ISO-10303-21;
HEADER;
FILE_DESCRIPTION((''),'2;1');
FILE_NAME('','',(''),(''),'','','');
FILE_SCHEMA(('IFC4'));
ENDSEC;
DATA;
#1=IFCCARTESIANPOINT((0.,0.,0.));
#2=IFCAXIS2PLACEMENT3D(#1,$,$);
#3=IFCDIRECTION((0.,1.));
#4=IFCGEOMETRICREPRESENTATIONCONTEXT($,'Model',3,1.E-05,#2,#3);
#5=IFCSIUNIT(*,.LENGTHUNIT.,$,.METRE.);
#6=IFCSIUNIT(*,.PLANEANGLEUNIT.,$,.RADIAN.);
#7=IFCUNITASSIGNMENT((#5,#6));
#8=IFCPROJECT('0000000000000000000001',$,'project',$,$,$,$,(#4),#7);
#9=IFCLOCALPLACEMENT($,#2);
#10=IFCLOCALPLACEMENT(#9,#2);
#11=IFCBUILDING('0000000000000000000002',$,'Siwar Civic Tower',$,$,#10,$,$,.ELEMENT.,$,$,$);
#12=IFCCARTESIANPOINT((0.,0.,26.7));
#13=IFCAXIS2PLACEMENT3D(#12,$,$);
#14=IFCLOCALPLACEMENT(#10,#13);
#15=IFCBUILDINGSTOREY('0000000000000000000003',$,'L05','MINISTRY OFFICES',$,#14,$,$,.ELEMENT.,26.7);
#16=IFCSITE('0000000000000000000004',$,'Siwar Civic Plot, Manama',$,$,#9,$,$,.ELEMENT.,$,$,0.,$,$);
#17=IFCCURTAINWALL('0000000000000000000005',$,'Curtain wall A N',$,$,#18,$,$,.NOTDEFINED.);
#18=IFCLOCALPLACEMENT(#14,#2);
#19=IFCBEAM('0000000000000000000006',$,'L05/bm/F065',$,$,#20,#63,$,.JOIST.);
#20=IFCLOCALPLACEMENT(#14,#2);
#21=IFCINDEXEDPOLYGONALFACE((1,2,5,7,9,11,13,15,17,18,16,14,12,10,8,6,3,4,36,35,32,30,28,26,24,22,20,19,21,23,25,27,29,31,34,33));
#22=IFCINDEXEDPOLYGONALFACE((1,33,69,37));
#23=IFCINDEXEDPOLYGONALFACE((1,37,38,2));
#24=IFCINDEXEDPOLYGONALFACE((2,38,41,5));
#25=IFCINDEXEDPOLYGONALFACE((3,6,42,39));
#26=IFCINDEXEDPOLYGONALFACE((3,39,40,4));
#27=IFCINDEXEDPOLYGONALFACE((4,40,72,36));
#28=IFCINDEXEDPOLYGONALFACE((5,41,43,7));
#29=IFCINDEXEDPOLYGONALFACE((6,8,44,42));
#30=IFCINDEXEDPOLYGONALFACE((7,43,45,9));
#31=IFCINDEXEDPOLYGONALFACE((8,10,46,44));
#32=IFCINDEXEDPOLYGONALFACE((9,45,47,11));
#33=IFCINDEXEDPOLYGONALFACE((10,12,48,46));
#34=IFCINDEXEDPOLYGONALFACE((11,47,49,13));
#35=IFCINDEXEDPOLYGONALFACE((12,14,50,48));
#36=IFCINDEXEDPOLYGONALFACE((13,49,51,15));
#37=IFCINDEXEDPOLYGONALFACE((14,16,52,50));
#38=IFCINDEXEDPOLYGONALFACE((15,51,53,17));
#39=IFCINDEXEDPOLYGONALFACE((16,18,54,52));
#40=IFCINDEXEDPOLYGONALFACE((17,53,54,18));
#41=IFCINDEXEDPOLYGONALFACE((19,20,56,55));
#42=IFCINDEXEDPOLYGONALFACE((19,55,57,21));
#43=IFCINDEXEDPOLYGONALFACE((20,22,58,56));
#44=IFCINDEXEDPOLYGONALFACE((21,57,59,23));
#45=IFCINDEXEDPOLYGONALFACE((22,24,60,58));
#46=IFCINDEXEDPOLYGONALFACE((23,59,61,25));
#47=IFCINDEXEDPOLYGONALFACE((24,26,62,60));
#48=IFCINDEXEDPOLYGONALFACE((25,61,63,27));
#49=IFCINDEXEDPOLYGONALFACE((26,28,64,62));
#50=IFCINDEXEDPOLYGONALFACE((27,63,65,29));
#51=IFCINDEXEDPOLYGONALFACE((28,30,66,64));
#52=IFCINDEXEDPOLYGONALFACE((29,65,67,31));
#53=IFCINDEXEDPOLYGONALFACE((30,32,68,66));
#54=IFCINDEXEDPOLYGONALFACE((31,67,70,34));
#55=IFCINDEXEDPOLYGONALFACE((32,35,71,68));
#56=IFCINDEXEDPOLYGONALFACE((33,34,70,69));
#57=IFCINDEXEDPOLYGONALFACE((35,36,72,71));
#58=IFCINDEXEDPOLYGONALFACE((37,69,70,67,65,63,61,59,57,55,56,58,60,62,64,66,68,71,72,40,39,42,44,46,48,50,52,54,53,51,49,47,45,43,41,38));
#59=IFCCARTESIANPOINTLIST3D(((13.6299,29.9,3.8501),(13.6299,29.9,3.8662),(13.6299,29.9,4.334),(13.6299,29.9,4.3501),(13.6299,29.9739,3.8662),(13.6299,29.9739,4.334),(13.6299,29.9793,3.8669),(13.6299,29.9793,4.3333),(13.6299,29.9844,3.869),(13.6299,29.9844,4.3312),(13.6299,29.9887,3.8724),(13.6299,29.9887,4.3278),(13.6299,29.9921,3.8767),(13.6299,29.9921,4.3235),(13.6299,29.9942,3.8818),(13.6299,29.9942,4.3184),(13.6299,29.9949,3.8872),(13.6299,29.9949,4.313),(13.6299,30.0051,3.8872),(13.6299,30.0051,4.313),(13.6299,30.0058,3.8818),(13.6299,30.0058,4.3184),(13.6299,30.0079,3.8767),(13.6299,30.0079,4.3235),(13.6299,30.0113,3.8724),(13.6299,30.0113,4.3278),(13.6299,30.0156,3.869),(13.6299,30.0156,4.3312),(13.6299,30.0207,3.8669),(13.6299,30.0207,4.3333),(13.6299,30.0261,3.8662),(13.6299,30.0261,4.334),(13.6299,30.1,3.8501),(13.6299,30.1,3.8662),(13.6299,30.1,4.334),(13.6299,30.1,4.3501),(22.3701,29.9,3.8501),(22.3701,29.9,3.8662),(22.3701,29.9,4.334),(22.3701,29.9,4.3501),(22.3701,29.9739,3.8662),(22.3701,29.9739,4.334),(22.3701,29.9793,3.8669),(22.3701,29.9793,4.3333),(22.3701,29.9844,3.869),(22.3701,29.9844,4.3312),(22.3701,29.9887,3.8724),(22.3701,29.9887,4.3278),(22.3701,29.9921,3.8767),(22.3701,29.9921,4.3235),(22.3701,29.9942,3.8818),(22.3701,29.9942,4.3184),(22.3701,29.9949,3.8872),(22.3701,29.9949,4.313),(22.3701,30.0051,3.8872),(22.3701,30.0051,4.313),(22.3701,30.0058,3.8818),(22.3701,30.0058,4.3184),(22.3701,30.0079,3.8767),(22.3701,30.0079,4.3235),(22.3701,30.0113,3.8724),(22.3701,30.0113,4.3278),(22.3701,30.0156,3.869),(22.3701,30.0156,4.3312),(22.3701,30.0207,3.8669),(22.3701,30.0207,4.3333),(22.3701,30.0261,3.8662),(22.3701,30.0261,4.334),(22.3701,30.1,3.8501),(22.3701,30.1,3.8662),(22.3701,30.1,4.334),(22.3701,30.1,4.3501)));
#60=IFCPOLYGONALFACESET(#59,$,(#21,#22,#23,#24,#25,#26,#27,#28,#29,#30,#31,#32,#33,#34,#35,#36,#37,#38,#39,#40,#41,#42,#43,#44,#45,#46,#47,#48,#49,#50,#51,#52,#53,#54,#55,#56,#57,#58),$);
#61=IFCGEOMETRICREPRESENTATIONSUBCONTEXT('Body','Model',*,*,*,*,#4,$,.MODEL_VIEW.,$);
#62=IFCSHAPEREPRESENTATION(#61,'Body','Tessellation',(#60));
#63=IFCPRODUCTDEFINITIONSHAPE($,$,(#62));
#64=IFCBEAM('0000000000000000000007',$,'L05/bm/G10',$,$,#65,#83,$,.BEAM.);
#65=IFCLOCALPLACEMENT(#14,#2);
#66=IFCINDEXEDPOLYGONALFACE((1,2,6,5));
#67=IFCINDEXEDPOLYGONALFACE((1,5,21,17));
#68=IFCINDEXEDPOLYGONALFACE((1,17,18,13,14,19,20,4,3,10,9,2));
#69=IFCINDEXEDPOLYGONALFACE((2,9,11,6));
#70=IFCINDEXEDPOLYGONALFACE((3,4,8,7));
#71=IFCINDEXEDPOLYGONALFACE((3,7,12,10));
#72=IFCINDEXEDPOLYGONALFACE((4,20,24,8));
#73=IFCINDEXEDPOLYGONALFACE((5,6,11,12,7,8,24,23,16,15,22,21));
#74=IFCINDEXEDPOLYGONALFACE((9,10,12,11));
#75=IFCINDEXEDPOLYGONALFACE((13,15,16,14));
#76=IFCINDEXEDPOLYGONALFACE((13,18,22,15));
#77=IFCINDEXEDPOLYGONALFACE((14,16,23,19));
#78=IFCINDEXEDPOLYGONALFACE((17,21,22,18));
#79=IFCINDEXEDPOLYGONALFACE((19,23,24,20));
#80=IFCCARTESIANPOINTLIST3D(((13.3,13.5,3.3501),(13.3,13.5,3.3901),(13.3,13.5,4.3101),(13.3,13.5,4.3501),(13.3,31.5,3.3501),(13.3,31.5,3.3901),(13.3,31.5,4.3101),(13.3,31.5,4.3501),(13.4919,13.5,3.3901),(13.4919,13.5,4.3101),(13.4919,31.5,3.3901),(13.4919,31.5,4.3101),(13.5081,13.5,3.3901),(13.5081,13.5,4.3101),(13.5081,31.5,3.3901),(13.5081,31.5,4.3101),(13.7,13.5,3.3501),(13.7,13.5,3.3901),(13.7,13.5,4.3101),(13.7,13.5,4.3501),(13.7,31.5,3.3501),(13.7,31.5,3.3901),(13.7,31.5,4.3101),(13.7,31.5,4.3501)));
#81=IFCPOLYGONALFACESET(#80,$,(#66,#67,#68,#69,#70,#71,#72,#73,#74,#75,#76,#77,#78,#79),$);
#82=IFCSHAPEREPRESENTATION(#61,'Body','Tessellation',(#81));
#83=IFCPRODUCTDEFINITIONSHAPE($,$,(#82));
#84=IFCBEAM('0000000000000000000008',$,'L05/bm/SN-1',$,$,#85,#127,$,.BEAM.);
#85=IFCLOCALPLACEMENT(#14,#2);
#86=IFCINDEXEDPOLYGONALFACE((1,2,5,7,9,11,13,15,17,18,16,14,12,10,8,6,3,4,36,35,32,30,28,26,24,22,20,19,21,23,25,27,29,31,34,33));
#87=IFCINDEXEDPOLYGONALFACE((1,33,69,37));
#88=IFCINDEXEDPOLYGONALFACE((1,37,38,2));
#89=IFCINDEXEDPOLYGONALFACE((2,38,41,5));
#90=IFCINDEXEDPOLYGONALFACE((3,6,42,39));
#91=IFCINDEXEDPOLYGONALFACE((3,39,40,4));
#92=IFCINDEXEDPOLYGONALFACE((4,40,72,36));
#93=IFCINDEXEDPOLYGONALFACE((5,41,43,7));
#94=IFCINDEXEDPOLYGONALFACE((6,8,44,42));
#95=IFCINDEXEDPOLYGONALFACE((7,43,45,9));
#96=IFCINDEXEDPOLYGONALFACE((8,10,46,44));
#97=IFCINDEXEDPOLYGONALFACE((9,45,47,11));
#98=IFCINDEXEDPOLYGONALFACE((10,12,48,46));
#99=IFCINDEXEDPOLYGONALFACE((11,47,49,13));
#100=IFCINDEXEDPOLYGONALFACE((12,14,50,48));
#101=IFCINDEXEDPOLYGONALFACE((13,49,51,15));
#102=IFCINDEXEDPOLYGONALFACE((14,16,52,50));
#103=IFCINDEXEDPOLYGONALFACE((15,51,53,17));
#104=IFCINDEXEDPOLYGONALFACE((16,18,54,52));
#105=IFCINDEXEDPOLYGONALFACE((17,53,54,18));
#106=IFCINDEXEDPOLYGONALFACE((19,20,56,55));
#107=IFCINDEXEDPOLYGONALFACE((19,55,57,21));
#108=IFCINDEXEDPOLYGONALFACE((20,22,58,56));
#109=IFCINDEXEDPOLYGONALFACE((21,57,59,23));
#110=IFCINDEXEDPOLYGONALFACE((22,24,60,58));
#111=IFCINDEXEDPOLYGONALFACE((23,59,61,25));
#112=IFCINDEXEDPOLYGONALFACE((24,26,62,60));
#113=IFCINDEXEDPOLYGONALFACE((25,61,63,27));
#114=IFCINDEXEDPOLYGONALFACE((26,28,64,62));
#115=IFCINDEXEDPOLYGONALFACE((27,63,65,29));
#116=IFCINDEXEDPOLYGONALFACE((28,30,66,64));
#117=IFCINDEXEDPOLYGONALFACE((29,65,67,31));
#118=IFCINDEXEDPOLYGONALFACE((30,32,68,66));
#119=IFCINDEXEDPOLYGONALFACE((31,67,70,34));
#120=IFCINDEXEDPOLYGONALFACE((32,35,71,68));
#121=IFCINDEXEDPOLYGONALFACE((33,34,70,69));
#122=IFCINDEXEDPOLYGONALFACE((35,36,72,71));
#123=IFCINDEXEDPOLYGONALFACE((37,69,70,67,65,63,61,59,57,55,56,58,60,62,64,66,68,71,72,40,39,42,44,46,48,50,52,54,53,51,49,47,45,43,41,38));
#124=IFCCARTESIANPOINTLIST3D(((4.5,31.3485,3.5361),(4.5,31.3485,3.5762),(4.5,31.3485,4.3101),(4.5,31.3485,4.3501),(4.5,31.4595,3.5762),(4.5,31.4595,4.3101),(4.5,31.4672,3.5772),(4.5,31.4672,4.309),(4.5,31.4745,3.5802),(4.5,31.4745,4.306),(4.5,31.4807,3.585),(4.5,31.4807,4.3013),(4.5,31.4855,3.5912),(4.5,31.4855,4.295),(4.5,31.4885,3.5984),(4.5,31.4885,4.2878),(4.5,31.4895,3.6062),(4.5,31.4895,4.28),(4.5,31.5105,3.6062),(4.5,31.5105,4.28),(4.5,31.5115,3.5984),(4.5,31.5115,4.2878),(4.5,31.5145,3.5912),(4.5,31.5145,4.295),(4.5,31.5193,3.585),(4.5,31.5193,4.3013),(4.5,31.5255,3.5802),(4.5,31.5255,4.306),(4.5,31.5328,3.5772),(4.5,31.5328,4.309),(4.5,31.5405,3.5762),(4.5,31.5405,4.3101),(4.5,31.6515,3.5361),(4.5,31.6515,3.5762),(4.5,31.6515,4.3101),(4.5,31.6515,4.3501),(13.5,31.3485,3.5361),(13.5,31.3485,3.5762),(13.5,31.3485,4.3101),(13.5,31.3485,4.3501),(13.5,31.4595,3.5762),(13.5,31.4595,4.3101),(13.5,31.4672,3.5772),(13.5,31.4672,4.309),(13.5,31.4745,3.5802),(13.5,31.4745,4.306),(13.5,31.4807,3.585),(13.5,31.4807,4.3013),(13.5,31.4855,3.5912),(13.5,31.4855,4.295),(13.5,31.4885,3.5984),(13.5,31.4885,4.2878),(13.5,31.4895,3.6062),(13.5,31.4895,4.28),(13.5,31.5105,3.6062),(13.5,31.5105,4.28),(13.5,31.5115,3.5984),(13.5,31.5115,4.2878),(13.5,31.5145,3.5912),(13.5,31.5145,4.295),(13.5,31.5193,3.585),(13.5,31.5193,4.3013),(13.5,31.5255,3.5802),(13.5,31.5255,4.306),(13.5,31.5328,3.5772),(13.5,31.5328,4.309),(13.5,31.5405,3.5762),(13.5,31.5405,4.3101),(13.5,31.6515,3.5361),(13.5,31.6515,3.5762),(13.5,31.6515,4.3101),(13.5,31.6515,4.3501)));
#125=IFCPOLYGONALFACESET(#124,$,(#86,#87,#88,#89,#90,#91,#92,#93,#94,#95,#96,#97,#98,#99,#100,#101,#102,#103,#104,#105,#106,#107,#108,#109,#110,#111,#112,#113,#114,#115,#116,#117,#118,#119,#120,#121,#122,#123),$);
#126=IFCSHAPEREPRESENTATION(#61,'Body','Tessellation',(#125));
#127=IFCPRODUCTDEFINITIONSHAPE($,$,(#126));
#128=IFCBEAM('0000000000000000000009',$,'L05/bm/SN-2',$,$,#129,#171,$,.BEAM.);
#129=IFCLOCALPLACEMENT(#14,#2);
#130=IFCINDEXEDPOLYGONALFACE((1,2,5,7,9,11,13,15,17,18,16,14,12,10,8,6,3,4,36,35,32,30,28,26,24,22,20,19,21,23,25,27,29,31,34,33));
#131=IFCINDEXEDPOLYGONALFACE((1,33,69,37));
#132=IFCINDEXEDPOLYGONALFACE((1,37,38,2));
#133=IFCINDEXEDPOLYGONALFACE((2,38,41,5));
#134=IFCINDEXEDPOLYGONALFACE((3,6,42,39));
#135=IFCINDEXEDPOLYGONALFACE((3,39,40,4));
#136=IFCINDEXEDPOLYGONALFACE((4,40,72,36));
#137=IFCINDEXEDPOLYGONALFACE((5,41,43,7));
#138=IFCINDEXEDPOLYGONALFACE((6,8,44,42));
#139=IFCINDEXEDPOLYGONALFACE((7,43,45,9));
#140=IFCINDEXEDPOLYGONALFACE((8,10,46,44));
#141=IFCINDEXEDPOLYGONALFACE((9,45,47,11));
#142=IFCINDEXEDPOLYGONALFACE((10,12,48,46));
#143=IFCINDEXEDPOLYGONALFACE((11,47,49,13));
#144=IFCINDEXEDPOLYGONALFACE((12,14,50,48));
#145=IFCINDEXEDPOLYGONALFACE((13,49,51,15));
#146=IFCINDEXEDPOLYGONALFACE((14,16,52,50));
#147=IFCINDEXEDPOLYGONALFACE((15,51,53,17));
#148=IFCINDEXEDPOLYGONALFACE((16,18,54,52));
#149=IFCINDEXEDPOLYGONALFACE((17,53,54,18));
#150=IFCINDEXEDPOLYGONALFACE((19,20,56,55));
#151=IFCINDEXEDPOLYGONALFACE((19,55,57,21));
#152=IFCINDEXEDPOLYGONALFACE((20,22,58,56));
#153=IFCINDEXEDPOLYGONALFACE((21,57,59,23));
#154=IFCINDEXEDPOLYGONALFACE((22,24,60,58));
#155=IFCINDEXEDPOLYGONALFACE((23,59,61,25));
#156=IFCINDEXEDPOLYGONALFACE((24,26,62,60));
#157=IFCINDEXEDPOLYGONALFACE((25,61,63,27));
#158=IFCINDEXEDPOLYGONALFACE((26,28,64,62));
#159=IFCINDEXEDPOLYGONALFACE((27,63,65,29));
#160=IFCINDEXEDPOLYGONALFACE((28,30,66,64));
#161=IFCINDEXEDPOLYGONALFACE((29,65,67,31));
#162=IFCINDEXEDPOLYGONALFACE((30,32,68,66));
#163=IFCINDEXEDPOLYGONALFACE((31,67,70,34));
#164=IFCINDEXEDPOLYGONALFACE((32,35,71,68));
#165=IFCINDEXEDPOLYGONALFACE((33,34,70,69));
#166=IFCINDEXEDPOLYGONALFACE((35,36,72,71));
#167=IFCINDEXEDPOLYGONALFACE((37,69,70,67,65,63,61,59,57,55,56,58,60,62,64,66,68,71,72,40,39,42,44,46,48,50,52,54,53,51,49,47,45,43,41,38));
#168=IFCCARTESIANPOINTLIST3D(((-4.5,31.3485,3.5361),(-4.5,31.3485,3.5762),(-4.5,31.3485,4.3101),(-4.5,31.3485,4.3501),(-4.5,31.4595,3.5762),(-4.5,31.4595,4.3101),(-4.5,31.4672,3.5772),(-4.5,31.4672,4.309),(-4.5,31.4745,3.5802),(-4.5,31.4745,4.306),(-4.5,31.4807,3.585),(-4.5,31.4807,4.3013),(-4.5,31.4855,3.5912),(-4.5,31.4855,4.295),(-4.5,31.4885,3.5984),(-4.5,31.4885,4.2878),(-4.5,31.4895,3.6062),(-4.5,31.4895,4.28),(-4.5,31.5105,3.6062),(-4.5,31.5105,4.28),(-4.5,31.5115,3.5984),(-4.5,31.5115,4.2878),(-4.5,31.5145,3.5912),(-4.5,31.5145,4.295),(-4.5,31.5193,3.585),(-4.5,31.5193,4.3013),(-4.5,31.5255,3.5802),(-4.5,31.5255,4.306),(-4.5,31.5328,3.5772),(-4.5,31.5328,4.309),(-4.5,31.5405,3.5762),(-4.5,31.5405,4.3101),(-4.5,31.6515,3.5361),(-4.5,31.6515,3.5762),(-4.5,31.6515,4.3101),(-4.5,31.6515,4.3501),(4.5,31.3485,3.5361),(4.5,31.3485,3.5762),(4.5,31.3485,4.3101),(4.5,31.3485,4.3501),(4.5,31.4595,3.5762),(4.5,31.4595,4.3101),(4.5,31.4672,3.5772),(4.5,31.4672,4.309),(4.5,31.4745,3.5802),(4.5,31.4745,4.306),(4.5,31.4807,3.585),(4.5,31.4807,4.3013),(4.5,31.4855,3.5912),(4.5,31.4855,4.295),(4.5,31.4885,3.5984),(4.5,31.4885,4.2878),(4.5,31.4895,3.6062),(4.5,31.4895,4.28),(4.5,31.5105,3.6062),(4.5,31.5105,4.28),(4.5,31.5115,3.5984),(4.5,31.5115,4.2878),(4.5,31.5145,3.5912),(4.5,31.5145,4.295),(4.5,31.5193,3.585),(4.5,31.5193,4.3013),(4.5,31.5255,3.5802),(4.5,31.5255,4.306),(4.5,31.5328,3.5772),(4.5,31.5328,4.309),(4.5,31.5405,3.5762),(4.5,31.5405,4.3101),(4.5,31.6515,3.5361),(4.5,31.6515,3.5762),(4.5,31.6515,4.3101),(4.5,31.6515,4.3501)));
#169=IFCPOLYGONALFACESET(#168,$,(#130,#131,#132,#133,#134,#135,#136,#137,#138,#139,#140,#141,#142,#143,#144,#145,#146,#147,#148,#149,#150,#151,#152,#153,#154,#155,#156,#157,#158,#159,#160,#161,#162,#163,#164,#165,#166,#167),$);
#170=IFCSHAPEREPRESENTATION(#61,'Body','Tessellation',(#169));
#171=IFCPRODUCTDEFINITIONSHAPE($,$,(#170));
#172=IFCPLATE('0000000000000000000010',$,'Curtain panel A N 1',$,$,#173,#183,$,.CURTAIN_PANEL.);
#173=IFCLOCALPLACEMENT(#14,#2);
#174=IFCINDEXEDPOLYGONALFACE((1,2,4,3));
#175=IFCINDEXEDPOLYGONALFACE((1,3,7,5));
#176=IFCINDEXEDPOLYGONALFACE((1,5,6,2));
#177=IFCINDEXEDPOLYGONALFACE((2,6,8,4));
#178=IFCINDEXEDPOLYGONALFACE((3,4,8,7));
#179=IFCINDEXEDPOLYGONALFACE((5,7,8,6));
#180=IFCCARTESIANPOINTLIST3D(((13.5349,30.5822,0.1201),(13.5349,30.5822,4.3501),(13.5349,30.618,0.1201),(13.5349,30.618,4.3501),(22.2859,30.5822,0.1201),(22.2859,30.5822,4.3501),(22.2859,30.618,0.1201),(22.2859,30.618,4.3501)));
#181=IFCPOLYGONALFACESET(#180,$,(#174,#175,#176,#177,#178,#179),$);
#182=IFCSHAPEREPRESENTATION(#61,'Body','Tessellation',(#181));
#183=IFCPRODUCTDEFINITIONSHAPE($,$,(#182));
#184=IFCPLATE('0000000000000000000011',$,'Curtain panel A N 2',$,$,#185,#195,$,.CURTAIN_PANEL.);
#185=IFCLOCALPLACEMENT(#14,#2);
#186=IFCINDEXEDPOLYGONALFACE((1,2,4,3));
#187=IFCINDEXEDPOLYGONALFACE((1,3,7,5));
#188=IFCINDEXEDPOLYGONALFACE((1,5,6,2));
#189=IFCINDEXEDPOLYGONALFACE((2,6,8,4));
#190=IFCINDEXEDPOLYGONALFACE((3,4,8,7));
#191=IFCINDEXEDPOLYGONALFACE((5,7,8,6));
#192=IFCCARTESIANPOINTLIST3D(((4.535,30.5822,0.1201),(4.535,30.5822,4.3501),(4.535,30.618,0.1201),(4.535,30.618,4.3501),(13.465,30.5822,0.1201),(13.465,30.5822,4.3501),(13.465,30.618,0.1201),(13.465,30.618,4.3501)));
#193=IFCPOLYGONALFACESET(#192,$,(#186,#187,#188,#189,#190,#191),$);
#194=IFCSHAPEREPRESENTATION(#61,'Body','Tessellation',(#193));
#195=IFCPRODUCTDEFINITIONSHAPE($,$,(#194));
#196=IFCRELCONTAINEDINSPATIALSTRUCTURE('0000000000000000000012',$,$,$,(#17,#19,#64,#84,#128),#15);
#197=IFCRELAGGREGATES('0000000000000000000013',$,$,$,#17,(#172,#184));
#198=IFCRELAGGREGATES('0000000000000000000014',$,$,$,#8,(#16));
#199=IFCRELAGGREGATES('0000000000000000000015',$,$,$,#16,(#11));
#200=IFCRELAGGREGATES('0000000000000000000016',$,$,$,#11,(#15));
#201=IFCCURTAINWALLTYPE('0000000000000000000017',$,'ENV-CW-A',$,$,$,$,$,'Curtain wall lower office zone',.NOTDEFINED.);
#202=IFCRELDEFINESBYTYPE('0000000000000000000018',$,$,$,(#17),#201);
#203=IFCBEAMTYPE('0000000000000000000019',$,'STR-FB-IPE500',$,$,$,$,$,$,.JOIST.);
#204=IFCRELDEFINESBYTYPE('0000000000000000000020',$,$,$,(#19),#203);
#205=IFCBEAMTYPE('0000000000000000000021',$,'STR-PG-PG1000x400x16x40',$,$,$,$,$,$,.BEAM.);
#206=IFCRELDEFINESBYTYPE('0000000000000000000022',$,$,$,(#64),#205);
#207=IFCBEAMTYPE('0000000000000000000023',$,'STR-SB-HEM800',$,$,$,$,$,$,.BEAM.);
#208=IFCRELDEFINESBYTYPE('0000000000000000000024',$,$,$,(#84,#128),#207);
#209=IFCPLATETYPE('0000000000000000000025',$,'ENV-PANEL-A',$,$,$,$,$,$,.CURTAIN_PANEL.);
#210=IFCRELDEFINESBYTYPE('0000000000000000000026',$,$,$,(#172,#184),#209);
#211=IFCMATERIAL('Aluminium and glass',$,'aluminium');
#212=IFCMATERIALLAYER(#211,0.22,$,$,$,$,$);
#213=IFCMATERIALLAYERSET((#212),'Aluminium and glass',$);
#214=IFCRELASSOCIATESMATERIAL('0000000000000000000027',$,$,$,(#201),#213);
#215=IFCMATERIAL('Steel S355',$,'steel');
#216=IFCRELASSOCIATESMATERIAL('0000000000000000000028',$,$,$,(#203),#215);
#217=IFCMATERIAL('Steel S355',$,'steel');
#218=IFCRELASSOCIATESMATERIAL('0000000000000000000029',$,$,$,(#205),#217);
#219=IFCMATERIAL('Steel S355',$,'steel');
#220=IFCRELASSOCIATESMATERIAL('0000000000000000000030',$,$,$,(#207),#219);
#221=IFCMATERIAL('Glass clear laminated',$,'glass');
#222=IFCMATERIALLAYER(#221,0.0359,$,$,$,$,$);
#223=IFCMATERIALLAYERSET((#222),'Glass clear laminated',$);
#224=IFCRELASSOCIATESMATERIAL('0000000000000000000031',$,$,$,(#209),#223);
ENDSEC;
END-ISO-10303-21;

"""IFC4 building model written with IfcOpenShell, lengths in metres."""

from ifc_helpers import new_model, si_unit, direction, frame, origin, origin_2d, place, context, subcontext, project, spatial, rectangle, i_section, extrude, material, layer, layer_set, material_profile, profile_set, type_object, element, aggregate, save


model = new_model("IFC4")

# Units and contexts
model_context = context("Model", 3, precision=1e-05, world=origin(), true_north=direction((0.0, 1.0)))
body_context = subcontext(model_context, "Body", "Model", "MODEL_VIEW")
ifc_project = project(units=[si_unit("LENGTHUNIT", "METRE"), si_unit("PLANEANGLEUNIT", "RADIAN")], contexts=[model_context])

# Site, building, storey
site_placement = place(None, origin())
site = spatial("IfcSite", under=ifc_project, at=site_placement, Name="Siwar Civic Plot, Manama", CompositionType="ELEMENT", RefElevation=0.0)
building_placement = place(site_placement, origin())
building = spatial("IfcBuilding", under=site, at=building_placement, Name="Siwar Civic Tower", CompositionType="ELEMENT")
storey_placement = place(building_placement, frame((0.0, 0.0, 26.7)))
storey = spatial("IfcBuildingStorey", under=building, at=storey_placement, Name="L05", Description="MINISTRY OFFICES", CompositionType="ELEMENT", Elevation=26.7)

# Curtain wall
ifc_material_1 = material(Name="Aluminium and glass", Category="aluminium")
ifc_layer_1 = layer(ifc_material_1, 0.22)
ifc_layer_set_1 = layer_set([ifc_layer_1], Name="Aluminium and glass")
curtain_wall_type = type_object("IfcCurtainWallType", Name="ENV-CW-A", ElementType="Curtain wall lower office zone", PredefinedType="NOTDEFINED", material=ifc_layer_set_1)
curtain_wall_placement = place(storey_placement, origin())
curtain_wall = element("IfcCurtainWall", 1, at=curtain_wall_placement, inside=storey, type_object=curtain_wall_type, Name="Curtain wall A N", PredefinedType="NOTDEFINED")

# Beams
ifc_material_2 = material(Name="Steel S355", Category="steel")
ifc_material_profile_1 = material_profile(ifc_material_2, i_section(OverallWidth=0.2, OverallDepth=0.5, WebThickness=0.0103, FlangeThickness=0.0161, FilletRadius=0.021, at=origin_2d()), Name="IPE500")
ifc_profile_set_1 = profile_set([ifc_material_profile_1], Name="Steel S355")
beam_type_1 = type_object("IfcBeamType", Name="STR-FB-IPE500", PredefinedType="JOIST", material=ifc_profile_set_1)
for number, where, z_axis, x_axis, name in (
    (2, (13.6299, 30.0, 4.1001), (1.0, 0.0, 0.0), (0.0, 1.0, 0.0), "L05/bm/F065"),
):
    element("IfcBeam", number, at=place(storey_placement, frame(where, z_axis=z_axis, x_axis=x_axis)), inside=storey, type_object=beam_type_1, Name=name, PredefinedType="JOIST", context=body_context, shape_type="SweptSolid", body=[
        extrude(i_section(OverallWidth=0.2, OverallDepth=0.5, WebThickness=0.0103, FlangeThickness=0.0161, FilletRadius=0.021, at=origin_2d()), origin(), (0.0, 0.0, 1.0), 8.7402),
    ])
ifc_material_3 = material(Name="Steel S355", Category="steel")
ifc_material_profile_2 = material_profile(ifc_material_3, i_section(OverallWidth=0.3999, OverallDepth=1.0, WebThickness=0.0161, FlangeThickness=0.04, at=origin_2d()), Name="PG1000x400x16x40")
ifc_profile_set_2 = profile_set([ifc_material_profile_2], Name="Steel S355")
beam_type_2 = type_object("IfcBeamType", Name="STR-PG-PG1000x400x16x40", PredefinedType="BEAM", material=ifc_profile_set_2)
beam_1_placement = place(storey_placement, frame((13.5, 13.5, 3.8501), z_axis=(0.0, 1.0, 0.0), x_axis=(-1.0, 0.0, 0.0)))
element("IfcBeam", 3, at=beam_1_placement, inside=storey, type_object=beam_type_2, Name="L05/bm/G10", PredefinedType="BEAM", context=body_context, shape_type="SweptSolid", body=[
    extrude(i_section(OverallWidth=0.3999, OverallDepth=1.0, WebThickness=0.0161, FlangeThickness=0.04, at=origin_2d()), origin(), (0.0, 0.0, 1.0), 18.0),
])
ifc_material_4 = material(Name="Steel S355", Category="steel")
ifc_material_profile_3 = material_profile(ifc_material_4, i_section(OverallWidth=0.303, OverallDepth=0.814, WebThickness=0.021, FlangeThickness=0.04, FilletRadius=0.03, at=origin_2d()), Name="HEM800")
ifc_profile_set_3 = profile_set([ifc_material_profile_3], Name="Steel S355")
beam_type_3 = type_object("IfcBeamType", Name="STR-SB-HEM800", PredefinedType="BEAM", material=ifc_profile_set_3)
for number, where, z_axis, x_axis, name in (
    (4, (13.5, 31.5, 3.9431), (-1.0, 0.0, 0.0), (0.0, -1.0, 0.0), "L05/bm/SN-1"),
    (5, (4.5, 31.5, 3.9431), (-1.0, 0.0, 0.0), (0.0, -1.0, 0.0), "L05/bm/SN-2"),
):
    element("IfcBeam", number, at=place(storey_placement, frame(where, z_axis=z_axis, x_axis=x_axis)), inside=storey, type_object=beam_type_3, Name=name, PredefinedType="BEAM", context=body_context, shape_type="SweptSolid", body=[
        extrude(i_section(OverallWidth=0.303, OverallDepth=0.814, WebThickness=0.021, FlangeThickness=0.04, FilletRadius=0.03, at=origin_2d()), origin(), (0.0, 0.0, 1.0), 9.0),
    ])

# Plates
ifc_material_5 = material(Name="Glass clear laminated", Category="glass")
ifc_layer_2 = layer(ifc_material_5, 0.0359)
ifc_layer_set_2 = layer_set([ifc_layer_2], Name="Glass clear laminated")
plate_type = type_object("IfcPlateType", Name="ENV-PANEL-A", PredefinedType="CURTAIN_PANEL", material=ifc_layer_set_2)
plate_1_placement = place(storey_placement, frame((17.9104, 30.6001, 0.1201), z_axis=(0.0, 0.0, 1.0), x_axis=(-1.0, 0.0, 0.0)))
plate_1 = element("IfcPlate", 6, at=plate_1_placement, type_object=plate_type, Name="Curtain panel A N 1", PredefinedType="CURTAIN_PANEL", context=body_context, shape_type="SweptSolid", body=[
    extrude(rectangle(XDim=8.751, YDim=0.0359, at=origin_2d()), origin(), (0.0, 0.0, 1.0), 4.23),
])
plate_2_placement = place(storey_placement, frame((9.0, 30.6001, 0.1201), z_axis=(0.0, 0.0, 1.0), x_axis=(-1.0, 0.0, 0.0)))
plate_2 = element("IfcPlate", 7, at=plate_2_placement, type_object=plate_type, Name="Curtain panel A N 2", PredefinedType="CURTAIN_PANEL", context=body_context, shape_type="SweptSolid", body=[
    extrude(rectangle(XDim=8.9299, YDim=0.0359, at=origin_2d()), origin(), (0.0, 0.0, 1.0), 4.23),
])
aggregate(curtain_wall, [plate_1, plate_2])

save(model, "model.ifc")
